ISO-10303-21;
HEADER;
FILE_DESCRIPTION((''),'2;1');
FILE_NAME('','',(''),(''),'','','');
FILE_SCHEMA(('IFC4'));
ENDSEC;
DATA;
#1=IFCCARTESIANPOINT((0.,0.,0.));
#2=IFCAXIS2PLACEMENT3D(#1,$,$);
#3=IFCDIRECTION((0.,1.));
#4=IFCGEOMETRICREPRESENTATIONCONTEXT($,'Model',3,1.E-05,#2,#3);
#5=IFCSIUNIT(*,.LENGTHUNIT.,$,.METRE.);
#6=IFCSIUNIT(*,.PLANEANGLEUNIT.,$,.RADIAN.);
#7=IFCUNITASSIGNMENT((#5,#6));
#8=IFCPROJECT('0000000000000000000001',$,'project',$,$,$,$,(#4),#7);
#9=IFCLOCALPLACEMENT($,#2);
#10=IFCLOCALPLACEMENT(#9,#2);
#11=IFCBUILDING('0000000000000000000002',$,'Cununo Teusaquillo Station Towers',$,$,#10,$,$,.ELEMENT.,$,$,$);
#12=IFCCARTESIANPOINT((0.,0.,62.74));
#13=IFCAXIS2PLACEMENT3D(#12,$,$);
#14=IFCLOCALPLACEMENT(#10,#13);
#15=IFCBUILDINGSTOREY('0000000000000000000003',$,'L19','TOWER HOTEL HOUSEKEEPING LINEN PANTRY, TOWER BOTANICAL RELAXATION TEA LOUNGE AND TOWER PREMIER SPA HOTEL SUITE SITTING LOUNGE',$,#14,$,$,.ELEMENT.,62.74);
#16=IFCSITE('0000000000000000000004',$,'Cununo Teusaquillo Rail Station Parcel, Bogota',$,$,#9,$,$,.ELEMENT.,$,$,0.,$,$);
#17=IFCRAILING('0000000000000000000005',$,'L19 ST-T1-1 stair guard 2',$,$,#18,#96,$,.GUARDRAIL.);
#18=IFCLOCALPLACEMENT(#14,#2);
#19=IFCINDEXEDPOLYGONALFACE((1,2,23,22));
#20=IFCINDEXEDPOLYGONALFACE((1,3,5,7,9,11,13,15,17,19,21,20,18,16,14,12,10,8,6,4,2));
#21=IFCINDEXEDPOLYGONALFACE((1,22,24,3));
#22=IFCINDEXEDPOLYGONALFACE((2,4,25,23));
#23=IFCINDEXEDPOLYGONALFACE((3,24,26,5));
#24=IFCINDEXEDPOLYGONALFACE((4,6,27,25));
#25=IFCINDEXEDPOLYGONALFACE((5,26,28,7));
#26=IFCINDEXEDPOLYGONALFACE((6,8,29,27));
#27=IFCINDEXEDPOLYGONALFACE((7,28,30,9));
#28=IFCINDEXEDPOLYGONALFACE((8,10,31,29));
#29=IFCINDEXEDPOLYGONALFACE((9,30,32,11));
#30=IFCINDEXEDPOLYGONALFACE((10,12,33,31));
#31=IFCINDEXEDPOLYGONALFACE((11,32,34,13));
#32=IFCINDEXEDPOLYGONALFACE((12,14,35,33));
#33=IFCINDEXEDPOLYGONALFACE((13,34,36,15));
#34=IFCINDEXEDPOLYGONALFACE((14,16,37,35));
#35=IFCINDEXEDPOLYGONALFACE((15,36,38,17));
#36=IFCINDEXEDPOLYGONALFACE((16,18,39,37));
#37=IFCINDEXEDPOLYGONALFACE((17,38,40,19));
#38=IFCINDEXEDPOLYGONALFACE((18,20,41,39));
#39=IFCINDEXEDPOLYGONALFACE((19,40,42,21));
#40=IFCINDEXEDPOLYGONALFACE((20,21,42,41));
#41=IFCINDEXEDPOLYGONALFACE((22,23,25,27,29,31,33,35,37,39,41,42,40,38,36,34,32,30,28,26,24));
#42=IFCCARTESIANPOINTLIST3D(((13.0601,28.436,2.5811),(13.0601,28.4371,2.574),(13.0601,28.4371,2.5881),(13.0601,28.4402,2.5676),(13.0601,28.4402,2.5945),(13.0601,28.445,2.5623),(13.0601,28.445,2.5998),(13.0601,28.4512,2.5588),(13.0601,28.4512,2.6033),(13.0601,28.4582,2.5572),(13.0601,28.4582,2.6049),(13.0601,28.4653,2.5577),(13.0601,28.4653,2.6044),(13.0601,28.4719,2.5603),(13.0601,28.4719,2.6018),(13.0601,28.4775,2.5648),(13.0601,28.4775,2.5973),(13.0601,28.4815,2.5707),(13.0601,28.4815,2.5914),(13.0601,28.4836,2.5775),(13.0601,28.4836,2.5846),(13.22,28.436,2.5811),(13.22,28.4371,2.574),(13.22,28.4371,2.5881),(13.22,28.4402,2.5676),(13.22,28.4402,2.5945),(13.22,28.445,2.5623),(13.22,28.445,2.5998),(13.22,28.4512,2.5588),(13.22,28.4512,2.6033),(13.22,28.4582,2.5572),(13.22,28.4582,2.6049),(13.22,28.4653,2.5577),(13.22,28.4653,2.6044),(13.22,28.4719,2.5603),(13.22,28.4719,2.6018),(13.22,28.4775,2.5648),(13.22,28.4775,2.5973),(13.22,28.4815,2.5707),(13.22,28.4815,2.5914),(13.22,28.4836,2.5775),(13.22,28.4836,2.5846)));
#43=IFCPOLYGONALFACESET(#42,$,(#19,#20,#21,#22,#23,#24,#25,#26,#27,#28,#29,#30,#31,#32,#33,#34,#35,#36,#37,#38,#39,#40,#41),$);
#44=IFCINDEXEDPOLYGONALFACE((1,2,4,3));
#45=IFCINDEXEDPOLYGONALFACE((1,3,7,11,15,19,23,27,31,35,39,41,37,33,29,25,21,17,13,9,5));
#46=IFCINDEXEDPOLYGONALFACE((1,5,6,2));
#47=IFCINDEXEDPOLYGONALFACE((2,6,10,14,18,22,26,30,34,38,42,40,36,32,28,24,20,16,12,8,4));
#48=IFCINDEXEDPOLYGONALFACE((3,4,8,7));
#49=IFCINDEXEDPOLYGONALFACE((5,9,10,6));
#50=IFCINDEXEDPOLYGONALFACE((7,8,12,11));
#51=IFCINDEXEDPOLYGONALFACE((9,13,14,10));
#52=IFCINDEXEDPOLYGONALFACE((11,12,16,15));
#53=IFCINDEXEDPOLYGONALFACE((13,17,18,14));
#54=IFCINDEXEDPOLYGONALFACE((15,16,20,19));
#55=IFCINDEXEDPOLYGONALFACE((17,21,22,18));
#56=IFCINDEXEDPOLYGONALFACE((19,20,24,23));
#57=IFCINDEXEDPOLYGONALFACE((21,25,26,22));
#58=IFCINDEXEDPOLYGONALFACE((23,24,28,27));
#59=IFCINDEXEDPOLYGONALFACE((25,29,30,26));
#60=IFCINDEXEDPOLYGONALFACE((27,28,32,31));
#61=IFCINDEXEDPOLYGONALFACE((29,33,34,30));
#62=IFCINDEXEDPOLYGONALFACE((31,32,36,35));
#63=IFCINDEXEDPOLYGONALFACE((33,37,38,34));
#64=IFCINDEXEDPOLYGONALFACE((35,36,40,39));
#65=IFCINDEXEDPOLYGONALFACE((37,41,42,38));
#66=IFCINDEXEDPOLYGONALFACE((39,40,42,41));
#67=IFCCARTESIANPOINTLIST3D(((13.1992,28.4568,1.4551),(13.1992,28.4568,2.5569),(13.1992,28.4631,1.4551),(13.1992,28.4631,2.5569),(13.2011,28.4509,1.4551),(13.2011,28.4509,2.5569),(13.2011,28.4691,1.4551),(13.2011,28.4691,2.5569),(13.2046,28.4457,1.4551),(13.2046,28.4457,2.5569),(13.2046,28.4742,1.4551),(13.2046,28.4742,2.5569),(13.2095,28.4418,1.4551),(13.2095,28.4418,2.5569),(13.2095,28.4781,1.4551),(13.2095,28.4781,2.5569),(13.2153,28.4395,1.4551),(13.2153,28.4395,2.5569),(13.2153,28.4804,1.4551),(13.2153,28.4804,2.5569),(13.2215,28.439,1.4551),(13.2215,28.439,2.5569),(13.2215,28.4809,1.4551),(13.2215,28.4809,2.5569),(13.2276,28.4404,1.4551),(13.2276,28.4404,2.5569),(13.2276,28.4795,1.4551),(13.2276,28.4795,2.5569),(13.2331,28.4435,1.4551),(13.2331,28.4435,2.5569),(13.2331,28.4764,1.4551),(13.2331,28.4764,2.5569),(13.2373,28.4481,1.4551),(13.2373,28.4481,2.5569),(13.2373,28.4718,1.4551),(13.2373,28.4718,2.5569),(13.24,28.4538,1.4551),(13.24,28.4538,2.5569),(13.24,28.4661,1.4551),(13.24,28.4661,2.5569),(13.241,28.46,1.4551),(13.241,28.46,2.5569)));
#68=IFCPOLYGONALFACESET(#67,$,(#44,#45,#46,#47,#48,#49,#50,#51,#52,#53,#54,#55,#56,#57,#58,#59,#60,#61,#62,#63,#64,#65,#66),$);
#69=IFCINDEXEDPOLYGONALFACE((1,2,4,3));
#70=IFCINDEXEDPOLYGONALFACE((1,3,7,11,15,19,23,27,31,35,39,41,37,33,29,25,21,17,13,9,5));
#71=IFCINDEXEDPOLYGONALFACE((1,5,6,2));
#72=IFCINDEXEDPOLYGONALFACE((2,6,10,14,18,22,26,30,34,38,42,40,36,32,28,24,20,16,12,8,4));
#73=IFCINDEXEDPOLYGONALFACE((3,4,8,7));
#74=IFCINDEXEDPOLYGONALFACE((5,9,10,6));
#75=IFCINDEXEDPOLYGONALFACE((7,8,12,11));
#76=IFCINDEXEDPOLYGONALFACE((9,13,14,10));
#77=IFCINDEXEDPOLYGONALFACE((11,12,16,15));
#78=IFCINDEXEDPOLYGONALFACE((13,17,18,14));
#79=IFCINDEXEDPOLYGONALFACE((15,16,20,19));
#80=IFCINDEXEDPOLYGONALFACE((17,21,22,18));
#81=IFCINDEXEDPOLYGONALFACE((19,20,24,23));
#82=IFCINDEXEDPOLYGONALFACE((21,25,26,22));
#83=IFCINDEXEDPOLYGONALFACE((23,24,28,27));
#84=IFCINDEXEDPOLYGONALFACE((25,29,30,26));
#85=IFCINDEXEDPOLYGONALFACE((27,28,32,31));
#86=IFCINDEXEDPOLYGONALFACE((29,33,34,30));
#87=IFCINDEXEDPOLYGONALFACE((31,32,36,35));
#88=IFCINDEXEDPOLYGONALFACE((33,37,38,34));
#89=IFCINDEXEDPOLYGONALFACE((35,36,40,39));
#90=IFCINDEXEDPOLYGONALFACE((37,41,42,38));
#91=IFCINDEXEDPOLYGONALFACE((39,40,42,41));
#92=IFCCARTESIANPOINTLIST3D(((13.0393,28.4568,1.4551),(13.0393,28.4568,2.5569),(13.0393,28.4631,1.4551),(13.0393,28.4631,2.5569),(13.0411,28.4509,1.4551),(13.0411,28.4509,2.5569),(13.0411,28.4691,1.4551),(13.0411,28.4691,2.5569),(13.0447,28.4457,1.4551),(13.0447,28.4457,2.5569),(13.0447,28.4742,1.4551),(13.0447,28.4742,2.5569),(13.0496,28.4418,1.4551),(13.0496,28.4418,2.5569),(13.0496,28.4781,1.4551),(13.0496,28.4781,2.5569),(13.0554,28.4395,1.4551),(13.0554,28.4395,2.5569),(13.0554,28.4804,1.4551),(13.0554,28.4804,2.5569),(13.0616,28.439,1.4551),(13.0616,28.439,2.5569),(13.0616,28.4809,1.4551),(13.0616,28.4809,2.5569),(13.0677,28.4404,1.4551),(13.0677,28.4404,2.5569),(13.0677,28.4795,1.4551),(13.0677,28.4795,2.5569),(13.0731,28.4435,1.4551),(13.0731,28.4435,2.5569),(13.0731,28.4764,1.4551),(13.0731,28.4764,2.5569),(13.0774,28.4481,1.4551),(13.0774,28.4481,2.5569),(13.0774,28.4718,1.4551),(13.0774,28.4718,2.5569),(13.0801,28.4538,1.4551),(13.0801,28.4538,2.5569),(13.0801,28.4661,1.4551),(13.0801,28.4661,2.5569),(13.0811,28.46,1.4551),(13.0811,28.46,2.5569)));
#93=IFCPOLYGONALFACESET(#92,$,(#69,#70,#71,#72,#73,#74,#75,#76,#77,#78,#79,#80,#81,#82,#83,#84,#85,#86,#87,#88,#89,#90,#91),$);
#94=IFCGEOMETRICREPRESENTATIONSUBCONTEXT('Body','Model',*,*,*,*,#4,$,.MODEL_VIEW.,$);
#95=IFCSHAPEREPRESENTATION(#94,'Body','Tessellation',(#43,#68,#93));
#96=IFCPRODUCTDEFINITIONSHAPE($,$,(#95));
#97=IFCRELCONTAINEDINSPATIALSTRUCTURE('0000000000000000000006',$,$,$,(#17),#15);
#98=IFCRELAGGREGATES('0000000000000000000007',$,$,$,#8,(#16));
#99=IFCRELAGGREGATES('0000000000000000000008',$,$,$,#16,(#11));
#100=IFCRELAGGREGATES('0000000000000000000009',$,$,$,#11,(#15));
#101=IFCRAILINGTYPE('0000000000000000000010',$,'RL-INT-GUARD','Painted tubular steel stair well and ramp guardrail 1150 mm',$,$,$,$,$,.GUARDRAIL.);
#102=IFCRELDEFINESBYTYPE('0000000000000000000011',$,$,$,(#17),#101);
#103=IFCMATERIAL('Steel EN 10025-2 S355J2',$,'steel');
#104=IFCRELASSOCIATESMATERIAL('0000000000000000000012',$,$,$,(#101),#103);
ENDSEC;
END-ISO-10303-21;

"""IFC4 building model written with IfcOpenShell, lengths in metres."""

from ifc_helpers import new_model, si_unit, direction, frame, origin, origin_2d, place, context, subcontext, project, spatial, circle, extrude, material, type_object, element, save


model = new_model("IFC4")

# Units and contexts
model_context = context("Model", 3, precision=1e-05, world=origin(), true_north=direction((0.0, 1.0)))
body_context = subcontext(model_context, "Body", "Model", "MODEL_VIEW")
ifc_project = project(units=[si_unit("LENGTHUNIT", "METRE"), si_unit("PLANEANGLEUNIT", "RADIAN")], contexts=[model_context])

# Site, building, storey
site_placement = place(None, origin())
site = spatial("IfcSite", under=ifc_project, at=site_placement, Name="Cununo Teusaquillo Rail Station Parcel, Bogota", CompositionType="ELEMENT", RefElevation=0.0)
building_placement = place(site_placement, origin())
building = spatial("IfcBuilding", under=site, at=building_placement, Name="Cununo Teusaquillo Station Towers", CompositionType="ELEMENT")
storey_placement = place(building_placement, frame((0.0, 0.0, 62.74)))
storey = spatial("IfcBuildingStorey", under=building, at=storey_placement, Name="L19", Description="TOWER HOTEL HOUSEKEEPING LINEN PANTRY, TOWER BOTANICAL RELAXATION TEA LOUNGE AND TOWER PREMIER SPA HOTEL SUITE SITTING LOUNGE", CompositionType="ELEMENT", Elevation=62.74)

# Railing
ifc_material_1 = material(Name="Steel EN 10025-2 S355J2", Category="steel")
railing_type_1 = type_object("IfcRailingType", Name="RL-INT-GUARD", Description="Painted tubular steel stair well and ramp guardrail 1150 mm", PredefinedType="GUARDRAIL", material=ifc_material_1)
railing_1_placement = place(storey_placement, frame((13.22, 28.46, 1.4551)))
element("IfcRailing", 1, at=railing_1_placement, inside=storey, type_object=railing_type_1, Name="L19 ST-T1-1 stair guard 2", PredefinedType="GUARDRAIL", context=body_context, shape_type="SweptSolid", body=[
    extrude(circle(Radius=0.0239, at=origin_2d()), frame((0.0, 0.0, 1.126), z_axis=(-1.0, 0.0, 0.0), x_axis=(0.0, -1.0, 0.0)), (0.0, 0.0, 1.0), 0.1599),
    extrude(circle(Radius=0.021, at=origin_2d()), origin(), (0.0, 0.0, 1.0), 1.1018),
    extrude(circle(Radius=0.021, at=origin_2d()), frame((-0.1599, 0.0, 0.0)), (0.0, 0.0, 1.0), 1.1018),
])

save(model, "model.ifc")
